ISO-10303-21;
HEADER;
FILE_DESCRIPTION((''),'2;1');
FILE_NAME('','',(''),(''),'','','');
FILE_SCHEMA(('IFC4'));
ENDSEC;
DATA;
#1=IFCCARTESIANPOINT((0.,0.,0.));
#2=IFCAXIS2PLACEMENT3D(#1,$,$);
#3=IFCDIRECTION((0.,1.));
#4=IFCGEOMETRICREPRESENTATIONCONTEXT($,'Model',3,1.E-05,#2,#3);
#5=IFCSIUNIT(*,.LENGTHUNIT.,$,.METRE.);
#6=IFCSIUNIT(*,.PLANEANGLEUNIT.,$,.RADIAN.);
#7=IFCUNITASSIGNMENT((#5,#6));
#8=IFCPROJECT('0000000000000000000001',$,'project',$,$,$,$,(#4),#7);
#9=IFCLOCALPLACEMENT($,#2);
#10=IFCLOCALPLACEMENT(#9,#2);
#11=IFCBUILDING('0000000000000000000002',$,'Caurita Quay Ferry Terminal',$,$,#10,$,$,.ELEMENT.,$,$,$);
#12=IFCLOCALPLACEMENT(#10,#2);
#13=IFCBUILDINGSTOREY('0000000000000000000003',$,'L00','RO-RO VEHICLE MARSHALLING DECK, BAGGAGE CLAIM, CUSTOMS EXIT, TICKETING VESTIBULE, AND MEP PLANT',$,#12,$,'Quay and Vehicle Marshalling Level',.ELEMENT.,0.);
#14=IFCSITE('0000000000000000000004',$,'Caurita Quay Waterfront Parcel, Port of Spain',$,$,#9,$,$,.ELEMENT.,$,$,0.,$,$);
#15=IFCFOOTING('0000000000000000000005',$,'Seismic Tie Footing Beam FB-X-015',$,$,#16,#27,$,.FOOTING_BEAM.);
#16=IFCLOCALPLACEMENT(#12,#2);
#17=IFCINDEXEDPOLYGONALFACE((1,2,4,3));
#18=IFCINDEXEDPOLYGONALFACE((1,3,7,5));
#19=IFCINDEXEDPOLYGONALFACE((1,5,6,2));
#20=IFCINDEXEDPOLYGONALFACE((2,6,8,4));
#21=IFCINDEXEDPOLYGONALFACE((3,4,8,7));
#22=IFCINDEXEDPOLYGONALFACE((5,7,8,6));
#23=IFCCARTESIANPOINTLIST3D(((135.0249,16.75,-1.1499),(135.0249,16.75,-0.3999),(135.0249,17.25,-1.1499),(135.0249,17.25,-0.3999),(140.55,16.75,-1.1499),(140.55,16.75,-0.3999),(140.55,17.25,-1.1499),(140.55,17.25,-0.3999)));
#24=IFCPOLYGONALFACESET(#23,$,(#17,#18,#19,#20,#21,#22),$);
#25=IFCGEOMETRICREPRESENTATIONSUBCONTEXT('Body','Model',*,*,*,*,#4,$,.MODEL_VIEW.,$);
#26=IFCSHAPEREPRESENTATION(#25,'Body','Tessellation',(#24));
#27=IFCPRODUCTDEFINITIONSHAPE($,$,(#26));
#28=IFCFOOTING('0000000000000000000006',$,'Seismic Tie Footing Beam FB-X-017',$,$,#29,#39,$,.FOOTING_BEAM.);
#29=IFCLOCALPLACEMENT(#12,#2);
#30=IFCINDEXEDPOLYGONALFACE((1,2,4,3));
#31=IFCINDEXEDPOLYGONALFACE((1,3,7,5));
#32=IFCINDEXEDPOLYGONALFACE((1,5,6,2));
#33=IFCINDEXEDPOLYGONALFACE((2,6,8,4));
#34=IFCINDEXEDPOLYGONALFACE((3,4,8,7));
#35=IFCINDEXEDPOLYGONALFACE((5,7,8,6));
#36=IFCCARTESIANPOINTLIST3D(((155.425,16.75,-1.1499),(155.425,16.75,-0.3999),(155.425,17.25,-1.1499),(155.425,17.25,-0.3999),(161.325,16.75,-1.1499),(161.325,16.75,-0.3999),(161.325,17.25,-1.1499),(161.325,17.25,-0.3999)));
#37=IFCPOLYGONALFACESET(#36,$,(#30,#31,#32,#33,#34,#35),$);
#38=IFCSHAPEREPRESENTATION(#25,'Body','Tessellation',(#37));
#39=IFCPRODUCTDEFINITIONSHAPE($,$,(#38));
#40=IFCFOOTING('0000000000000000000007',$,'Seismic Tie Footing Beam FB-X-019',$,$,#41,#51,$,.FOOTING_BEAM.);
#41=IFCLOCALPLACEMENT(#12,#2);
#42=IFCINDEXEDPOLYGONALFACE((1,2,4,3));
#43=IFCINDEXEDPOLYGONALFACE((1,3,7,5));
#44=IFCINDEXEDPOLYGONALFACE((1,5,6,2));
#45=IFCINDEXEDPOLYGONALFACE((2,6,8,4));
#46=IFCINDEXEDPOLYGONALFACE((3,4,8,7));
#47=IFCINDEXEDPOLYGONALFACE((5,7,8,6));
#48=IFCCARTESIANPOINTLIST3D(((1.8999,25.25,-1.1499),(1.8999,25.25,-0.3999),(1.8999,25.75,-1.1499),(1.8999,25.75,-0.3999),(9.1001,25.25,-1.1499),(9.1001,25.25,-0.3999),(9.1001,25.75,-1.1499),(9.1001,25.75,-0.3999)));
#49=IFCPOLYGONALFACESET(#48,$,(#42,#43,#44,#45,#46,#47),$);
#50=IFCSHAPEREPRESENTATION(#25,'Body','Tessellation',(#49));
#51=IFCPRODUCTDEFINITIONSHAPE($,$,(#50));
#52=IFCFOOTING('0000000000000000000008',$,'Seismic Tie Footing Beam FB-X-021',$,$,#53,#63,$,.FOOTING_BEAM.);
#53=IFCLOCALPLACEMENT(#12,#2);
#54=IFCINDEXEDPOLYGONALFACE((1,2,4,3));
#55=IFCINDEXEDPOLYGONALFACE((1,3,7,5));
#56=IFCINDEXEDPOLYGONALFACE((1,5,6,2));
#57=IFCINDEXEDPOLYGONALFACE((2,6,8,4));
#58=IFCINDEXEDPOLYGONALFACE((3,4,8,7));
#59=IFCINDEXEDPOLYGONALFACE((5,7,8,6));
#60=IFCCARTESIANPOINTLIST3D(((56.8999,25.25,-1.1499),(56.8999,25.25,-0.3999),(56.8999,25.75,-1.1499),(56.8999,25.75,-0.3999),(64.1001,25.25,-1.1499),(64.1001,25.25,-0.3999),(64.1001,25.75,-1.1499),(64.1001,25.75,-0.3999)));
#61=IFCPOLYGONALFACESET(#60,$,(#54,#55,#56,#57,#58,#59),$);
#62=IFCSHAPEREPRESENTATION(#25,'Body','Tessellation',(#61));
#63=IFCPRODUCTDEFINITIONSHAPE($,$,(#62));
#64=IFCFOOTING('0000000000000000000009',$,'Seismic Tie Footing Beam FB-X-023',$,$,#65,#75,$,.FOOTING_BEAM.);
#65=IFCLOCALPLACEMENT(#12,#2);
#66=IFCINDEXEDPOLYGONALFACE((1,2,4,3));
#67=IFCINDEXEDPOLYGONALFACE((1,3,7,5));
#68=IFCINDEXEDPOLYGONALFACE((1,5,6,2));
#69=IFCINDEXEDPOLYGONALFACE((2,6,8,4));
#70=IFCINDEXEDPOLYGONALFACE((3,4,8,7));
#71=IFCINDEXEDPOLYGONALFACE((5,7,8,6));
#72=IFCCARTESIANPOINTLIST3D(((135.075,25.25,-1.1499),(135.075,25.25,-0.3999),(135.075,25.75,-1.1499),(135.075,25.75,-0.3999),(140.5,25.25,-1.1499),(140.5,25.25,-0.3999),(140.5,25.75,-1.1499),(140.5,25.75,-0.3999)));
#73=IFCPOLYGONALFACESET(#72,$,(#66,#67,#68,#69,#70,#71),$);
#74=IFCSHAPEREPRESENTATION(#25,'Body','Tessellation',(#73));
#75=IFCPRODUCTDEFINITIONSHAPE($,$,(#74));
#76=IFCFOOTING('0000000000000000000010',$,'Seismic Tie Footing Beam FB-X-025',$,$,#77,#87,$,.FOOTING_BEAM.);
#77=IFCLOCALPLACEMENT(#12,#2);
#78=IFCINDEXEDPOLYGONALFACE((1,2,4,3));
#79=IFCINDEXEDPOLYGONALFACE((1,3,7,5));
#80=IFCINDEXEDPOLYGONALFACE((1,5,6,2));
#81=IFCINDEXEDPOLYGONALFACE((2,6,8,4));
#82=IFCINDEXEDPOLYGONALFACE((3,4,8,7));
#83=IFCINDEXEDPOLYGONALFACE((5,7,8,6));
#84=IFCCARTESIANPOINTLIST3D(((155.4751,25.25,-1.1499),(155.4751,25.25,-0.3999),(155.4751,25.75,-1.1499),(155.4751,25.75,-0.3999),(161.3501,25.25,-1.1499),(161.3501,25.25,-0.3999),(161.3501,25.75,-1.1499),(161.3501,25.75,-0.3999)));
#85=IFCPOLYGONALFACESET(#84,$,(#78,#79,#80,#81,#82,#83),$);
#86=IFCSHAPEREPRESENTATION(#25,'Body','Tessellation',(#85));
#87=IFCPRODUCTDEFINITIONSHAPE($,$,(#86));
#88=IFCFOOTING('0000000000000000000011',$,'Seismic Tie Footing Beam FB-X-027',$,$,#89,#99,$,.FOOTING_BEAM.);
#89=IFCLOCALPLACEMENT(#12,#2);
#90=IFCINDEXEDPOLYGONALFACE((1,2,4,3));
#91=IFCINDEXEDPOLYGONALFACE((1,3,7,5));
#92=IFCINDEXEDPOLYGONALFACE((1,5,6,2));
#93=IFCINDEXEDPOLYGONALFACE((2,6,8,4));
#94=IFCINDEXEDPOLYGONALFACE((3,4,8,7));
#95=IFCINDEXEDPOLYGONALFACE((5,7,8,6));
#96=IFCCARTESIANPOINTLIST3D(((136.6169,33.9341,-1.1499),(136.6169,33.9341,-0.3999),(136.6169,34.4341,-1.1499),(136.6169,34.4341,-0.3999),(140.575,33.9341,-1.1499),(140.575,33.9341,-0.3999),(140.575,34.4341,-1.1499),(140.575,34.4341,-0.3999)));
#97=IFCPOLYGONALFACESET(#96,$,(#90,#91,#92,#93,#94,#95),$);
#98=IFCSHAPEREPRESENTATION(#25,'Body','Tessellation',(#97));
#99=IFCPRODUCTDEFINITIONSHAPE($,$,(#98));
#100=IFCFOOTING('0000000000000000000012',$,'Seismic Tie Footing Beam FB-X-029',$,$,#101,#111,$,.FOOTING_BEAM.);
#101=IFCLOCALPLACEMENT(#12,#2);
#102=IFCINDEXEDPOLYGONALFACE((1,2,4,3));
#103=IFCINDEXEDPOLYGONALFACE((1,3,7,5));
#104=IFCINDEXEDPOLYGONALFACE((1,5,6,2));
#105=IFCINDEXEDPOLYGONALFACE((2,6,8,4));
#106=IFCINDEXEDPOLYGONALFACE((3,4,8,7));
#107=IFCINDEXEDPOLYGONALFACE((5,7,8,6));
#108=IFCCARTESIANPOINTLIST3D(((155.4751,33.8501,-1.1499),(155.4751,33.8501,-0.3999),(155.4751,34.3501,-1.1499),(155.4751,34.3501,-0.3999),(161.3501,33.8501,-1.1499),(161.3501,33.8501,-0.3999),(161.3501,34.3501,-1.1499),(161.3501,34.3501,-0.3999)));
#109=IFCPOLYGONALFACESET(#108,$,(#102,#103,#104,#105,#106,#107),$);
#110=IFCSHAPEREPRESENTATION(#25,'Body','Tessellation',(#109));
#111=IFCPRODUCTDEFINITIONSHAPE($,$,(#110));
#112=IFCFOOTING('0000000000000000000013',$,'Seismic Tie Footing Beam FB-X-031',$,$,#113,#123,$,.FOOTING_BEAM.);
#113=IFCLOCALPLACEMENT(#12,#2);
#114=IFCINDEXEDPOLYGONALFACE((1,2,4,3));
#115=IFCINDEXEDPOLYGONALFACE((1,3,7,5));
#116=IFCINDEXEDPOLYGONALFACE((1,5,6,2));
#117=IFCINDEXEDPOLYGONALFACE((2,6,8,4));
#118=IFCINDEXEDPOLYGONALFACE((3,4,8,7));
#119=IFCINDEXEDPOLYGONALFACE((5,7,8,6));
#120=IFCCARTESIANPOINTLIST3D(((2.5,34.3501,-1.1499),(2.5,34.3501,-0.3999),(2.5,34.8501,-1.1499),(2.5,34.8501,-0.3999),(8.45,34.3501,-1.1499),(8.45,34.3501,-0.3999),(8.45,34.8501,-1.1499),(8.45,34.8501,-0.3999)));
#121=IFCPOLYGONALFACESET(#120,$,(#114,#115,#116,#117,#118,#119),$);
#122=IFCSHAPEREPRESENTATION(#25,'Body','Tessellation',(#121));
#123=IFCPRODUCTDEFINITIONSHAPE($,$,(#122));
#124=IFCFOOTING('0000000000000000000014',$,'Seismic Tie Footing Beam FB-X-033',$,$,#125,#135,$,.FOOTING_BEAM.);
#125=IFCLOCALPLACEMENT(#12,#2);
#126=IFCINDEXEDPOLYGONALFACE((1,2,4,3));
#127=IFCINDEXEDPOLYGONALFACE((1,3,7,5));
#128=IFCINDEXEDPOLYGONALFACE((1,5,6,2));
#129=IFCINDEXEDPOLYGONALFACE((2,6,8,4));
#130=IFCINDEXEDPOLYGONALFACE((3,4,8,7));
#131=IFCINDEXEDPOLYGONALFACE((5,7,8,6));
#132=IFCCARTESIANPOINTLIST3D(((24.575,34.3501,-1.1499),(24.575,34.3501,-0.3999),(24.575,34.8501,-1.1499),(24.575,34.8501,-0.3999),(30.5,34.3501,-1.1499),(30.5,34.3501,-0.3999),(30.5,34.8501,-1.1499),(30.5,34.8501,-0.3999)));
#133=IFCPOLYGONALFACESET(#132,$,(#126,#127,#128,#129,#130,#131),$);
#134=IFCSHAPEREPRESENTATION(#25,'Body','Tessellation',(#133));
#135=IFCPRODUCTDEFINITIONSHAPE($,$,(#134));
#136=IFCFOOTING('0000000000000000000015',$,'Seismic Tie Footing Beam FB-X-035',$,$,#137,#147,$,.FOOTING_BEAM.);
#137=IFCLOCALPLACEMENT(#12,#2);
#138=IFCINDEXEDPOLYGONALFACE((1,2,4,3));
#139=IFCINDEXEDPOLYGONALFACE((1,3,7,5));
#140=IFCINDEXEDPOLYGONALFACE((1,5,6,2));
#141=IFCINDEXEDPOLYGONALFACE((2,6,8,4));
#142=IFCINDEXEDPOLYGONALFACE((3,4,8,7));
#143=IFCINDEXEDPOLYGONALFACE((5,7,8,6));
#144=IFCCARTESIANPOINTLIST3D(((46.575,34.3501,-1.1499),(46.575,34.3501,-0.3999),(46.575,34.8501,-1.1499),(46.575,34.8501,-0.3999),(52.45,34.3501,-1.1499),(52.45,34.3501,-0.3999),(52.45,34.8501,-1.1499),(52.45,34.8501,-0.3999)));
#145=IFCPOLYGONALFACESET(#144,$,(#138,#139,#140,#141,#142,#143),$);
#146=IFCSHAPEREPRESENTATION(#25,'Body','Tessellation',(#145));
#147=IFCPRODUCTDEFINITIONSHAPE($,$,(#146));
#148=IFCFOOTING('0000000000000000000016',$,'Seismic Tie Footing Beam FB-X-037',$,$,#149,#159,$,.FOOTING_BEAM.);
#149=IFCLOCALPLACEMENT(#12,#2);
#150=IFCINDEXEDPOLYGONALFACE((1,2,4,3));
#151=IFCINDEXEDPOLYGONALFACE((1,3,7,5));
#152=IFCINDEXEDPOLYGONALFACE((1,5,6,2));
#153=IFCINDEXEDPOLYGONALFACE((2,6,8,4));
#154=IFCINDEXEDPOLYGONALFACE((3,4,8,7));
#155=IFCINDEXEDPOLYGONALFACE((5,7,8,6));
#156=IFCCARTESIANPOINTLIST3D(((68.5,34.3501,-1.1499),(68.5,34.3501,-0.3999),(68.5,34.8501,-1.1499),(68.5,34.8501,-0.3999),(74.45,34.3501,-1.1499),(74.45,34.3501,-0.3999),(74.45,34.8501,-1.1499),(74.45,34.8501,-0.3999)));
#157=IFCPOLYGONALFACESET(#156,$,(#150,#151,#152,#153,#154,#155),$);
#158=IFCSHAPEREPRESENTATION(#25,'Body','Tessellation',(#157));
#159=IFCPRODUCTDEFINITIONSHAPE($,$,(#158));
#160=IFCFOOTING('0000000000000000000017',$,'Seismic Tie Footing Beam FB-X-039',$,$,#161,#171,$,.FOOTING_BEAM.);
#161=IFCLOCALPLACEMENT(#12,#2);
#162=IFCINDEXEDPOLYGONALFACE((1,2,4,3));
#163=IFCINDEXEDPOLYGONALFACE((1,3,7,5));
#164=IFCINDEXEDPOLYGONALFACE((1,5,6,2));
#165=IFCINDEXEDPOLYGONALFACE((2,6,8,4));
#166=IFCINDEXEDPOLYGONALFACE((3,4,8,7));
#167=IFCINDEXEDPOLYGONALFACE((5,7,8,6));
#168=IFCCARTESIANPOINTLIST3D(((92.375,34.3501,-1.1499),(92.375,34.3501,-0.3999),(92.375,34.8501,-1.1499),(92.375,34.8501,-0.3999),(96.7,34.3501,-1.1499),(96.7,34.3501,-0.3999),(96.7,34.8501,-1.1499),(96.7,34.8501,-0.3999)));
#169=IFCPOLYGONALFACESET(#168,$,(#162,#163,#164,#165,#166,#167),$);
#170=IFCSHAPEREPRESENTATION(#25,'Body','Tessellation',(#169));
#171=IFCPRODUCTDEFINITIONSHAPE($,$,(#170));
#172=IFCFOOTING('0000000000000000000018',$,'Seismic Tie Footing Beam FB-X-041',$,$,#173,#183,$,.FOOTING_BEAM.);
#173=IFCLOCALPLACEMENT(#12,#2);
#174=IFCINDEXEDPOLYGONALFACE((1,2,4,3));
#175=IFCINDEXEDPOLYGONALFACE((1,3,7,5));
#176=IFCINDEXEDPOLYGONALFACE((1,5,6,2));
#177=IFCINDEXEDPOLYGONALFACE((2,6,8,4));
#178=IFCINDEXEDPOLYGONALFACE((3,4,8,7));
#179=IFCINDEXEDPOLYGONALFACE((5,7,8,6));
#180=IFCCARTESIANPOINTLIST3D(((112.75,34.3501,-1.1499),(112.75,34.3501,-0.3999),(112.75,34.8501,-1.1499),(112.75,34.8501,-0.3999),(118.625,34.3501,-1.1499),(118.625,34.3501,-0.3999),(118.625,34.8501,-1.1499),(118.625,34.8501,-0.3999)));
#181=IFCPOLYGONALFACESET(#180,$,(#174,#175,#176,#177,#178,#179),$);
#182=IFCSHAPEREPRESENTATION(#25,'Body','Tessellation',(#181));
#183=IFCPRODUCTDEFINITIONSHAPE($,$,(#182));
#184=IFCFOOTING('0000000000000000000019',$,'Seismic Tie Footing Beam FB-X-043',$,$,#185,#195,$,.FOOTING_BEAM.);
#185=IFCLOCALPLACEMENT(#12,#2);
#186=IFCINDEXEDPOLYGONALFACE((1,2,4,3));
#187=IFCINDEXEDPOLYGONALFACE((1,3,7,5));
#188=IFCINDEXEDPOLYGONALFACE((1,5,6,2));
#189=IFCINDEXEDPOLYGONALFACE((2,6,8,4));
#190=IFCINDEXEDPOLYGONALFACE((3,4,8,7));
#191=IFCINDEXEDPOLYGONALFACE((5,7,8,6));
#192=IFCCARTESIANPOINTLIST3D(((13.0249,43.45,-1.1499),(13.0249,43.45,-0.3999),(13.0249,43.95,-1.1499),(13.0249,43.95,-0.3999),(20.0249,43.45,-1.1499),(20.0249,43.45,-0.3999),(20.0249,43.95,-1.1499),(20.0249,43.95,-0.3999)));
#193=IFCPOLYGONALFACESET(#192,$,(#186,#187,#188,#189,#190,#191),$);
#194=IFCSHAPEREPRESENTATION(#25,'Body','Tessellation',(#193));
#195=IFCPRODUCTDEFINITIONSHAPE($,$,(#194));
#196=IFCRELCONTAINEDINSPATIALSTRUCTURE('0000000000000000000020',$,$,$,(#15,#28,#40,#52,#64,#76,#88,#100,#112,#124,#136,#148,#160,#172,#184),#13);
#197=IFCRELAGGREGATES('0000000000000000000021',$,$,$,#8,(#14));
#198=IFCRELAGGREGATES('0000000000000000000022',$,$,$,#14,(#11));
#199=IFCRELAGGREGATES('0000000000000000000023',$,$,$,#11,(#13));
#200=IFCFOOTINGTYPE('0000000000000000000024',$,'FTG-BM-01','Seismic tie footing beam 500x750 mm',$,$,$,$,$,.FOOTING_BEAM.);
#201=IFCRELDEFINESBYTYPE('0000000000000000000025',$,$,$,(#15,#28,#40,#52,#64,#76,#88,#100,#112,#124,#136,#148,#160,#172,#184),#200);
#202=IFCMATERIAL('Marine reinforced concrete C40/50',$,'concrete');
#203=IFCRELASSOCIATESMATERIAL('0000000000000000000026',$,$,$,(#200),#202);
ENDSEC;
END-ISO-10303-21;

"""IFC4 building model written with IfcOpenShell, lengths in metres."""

from ifc_helpers import new_model, si_unit, direction, frame, origin, place, context, subcontext, project, spatial, polyline, outline, extrude, material, type_object, element, save


model = new_model("IFC4")

# Units and contexts
model_context = context("Model", 3, precision=1e-05, world=origin(), true_north=direction((0.0, 1.0)))
body_context = subcontext(model_context, "Body", "Model", "MODEL_VIEW")
ifc_project = project(units=[si_unit("LENGTHUNIT", "METRE"), si_unit("PLANEANGLEUNIT", "RADIAN")], contexts=[model_context])

# Site, building, storey
site_placement = place(None, origin())
site = spatial("IfcSite", under=ifc_project, at=site_placement, Name="Caurita Quay Waterfront Parcel, Port of Spain", CompositionType="ELEMENT", RefElevation=0.0)
building_placement = place(site_placement, origin())
building = spatial("IfcBuilding", under=site, at=building_placement, Name="Caurita Quay Ferry Terminal", CompositionType="ELEMENT")
storey_placement = place(building_placement, origin())
storey = spatial("IfcBuildingStorey", under=building, at=storey_placement, Name="L00", Description="RO-RO VEHICLE MARSHALLING DECK, BAGGAGE CLAIM, CUSTOMS EXIT, TICKETING VESTIBULE, AND MEP PLANT", LongName="Quay and Vehicle Marshalling Level", CompositionType="ELEMENT", Elevation=0.0)

# Footings
ifc_material = material(Name="Marine reinforced concrete C40/50", Category="concrete")
footing_type = type_object("IfcFootingType", Name="FTG-BM-01", Description="Seismic tie footing beam 500x750 mm", PredefinedType="FOOTING_BEAM", material=ifc_material)
footing_1_placement = place(storey_placement, frame((0.0, 0.0, -1.1499)))
element("IfcFooting", 1, at=footing_1_placement, inside=storey, type_object=footing_type, Name="Seismic Tie Footing Beam FB-X-015", PredefinedType="FOOTING_BEAM", context=body_context, shape_type="SweptSolid", body=[
    extrude(outline(polyline([(135.0249, 16.75), (140.55, 16.75), (140.55, 17.25), (135.0249, 17.25), (135.0249, 16.75)])), origin(), (0.0, 0.0, 1.0), 0.75),
])
footing_2_placement = place(storey_placement, frame((0.0, 0.0, -1.1499)))
element("IfcFooting", 2, at=footing_2_placement, inside=storey, type_object=footing_type, Name="Seismic Tie Footing Beam FB-X-017", PredefinedType="FOOTING_BEAM", context=body_context, shape_type="SweptSolid", body=[
    extrude(outline(polyline([(155.425, 16.75), (161.325, 16.75), (161.325, 17.25), (155.425, 17.25), (155.425, 16.75)])), origin(), (0.0, 0.0, 1.0), 0.75),
])
footing_3_placement = place(storey_placement, frame((0.0, 0.0, -1.1499)))
element("IfcFooting", 3, at=footing_3_placement, inside=storey, type_object=footing_type, Name="Seismic Tie Footing Beam FB-X-019", PredefinedType="FOOTING_BEAM", context=body_context, shape_type="SweptSolid", body=[
    extrude(outline(polyline([(1.8999, 25.25), (9.1001, 25.25), (9.1001, 25.75), (1.8999, 25.75), (1.8999, 25.25)])), origin(), (0.0, 0.0, 1.0), 0.75),
])
footing_4_placement = place(storey_placement, frame((0.0, 0.0, -1.1499)))
element("IfcFooting", 4, at=footing_4_placement, inside=storey, type_object=footing_type, Name="Seismic Tie Footing Beam FB-X-021", PredefinedType="FOOTING_BEAM", context=body_context, shape_type="SweptSolid", body=[
    extrude(outline(polyline([(56.8999, 25.25), (64.1001, 25.25), (64.1001, 25.75), (56.8999, 25.75), (56.8999, 25.25)])), origin(), (0.0, 0.0, 1.0), 0.75),
])
footing_5_placement = place(storey_placement, frame((0.0, 0.0, -1.1499)))
element("IfcFooting", 5, at=footing_5_placement, inside=storey, type_object=footing_type, Name="Seismic Tie Footing Beam FB-X-023", PredefinedType="FOOTING_BEAM", context=body_context, shape_type="SweptSolid", body=[
    extrude(outline(polyline([(135.075, 25.25), (140.5, 25.25), (140.5, 25.75), (135.075, 25.75), (135.075, 25.25)])), origin(), (0.0, 0.0, 1.0), 0.75),
])
footing_6_placement = place(storey_placement, frame((0.0, 0.0, -1.1499)))
element("IfcFooting", 6, at=footing_6_placement, inside=storey, type_object=footing_type, Name="Seismic Tie Footing Beam FB-X-025", PredefinedType="FOOTING_BEAM", context=body_context, shape_type="SweptSolid", body=[
    extrude(outline(polyline([(155.4751, 25.25), (161.3501, 25.25), (161.3501, 25.75), (155.4751, 25.75), (155.4751, 25.25)])), origin(), (0.0, 0.0, 1.0), 0.75),
])
footing_7_placement = place(storey_placement, frame((0.0, 0.0, -1.1499)))
element("IfcFooting", 7, at=footing_7_placement, inside=storey, type_object=footing_type, Name="Seismic Tie Footing Beam FB-X-027", PredefinedType="FOOTING_BEAM", context=body_context, shape_type="SweptSolid", body=[
    extrude(outline(polyline([(136.6169, 33.9341), (140.575, 33.9341), (140.575, 34.4341), (136.6169, 34.4341), (136.6169, 33.9341)])), origin(), (0.0, 0.0, 1.0), 0.75),
])
footing_8_placement = place(storey_placement, frame((0.0, 0.0, -1.1499)))
element("IfcFooting", 8, at=footing_8_placement, inside=storey, type_object=footing_type, Name="Seismic Tie Footing Beam FB-X-029", PredefinedType="FOOTING_BEAM", context=body_context, shape_type="SweptSolid", body=[
    extrude(outline(polyline([(155.4751, 33.8501), (161.3501, 33.8501), (161.3501, 34.3501), (155.4751, 34.3501), (155.4751, 33.8501)])), origin(), (0.0, 0.0, 1.0), 0.75),
])
footing_9_placement = place(storey_placement, frame((0.0, 0.0, -1.1499)))
element("IfcFooting", 9, at=footing_9_placement, inside=storey, type_object=footing_type, Name="Seismic Tie Footing Beam FB-X-031", PredefinedType="FOOTING_BEAM", context=body_context, shape_type="SweptSolid", body=[
    extrude(outline(polyline([(2.5, 34.3501), (8.45, 34.3501), (8.45, 34.8501), (2.5, 34.8501), (2.5, 34.3501)])), origin(), (0.0, 0.0, 1.0), 0.75),
])
footing_10_placement = place(storey_placement, frame((0.0, 0.0, -1.1499)))
element("IfcFooting", 10, at=footing_10_placement, inside=storey, type_object=footing_type, Name="Seismic Tie Footing Beam FB-X-033", PredefinedType="FOOTING_BEAM", context=body_context, shape_type="SweptSolid", body=[
    extrude(outline(polyline([(24.575, 34.3501), (30.5, 34.3501), (30.5, 34.8501), (24.575, 34.8501), (24.575, 34.3501)])), origin(), (0.0, 0.0, 1.0), 0.75),
])
footing_11_placement = place(storey_placement, frame((0.0, 0.0, -1.1499)))
element("IfcFooting", 11, at=footing_11_placement, inside=storey, type_object=footing_type, Name="Seismic Tie Footing Beam FB-X-035", PredefinedType="FOOTING_BEAM", context=body_context, shape_type="SweptSolid", body=[
    extrude(outline(polyline([(46.575, 34.3501), (52.45, 34.3501), (52.45, 34.8501), (46.575, 34.8501), (46.575, 34.3501)])), origin(), (0.0, 0.0, 1.0), 0.75),
])
footing_12_placement = place(storey_placement, frame((0.0, 0.0, -1.1499)))
element("IfcFooting", 12, at=footing_12_placement, inside=storey, type_object=footing_type, Name="Seismic Tie Footing Beam FB-X-037", PredefinedType="FOOTING_BEAM", context=body_context, shape_type="SweptSolid", body=[
    extrude(outline(polyline([(68.5, 34.3501), (74.45, 34.3501), (74.45, 34.8501), (68.5, 34.8501), (68.5, 34.3501)])), origin(), (0.0, 0.0, 1.0), 0.75),
])
footing_13_placement = place(storey_placement, frame((0.0, 0.0, -1.1499)))
element("IfcFooting", 13, at=footing_13_placement, inside=storey, type_object=footing_type, Name="Seismic Tie Footing Beam FB-X-039", PredefinedType="FOOTING_BEAM", context=body_context, shape_type="SweptSolid", body=[
    extrude(outline(polyline([(92.375, 34.3501), (96.7, 34.3501), (96.7, 34.8501), (92.375, 34.8501), (92.375, 34.3501)])), origin(), (0.0, 0.0, 1.0), 0.75),
])
footing_14_placement = place(storey_placement, frame((0.0, 0.0, -1.1499)))
element("IfcFooting", 14, at=footing_14_placement, inside=storey, type_object=footing_type, Name="Seismic Tie Footing Beam FB-X-041", PredefinedType="FOOTING_BEAM", context=body_context, shape_type="SweptSolid", body=[
    extrude(outline(polyline([(112.75, 34.3501), (118.625, 34.3501), (118.625, 34.8501), (112.75, 34.8501), (112.75, 34.3501)])), origin(), (0.0, 0.0, 1.0), 0.75),
])
footing_15_placement = place(storey_placement, frame((0.0, 0.0, -1.1499)))
element("IfcFooting", 15, at=footing_15_placement, inside=storey, type_object=footing_type, Name="Seismic Tie Footing Beam FB-X-043", PredefinedType="FOOTING_BEAM", context=body_context, shape_type="SweptSolid", body=[
    extrude(outline(polyline([(13.0249, 43.45), (20.0249, 43.45), (20.0249, 43.95), (13.0249, 43.95), (13.0249, 43.45)])), origin(), (0.0, 0.0, 1.0), 0.75),
])

save(model, "model.ifc")
